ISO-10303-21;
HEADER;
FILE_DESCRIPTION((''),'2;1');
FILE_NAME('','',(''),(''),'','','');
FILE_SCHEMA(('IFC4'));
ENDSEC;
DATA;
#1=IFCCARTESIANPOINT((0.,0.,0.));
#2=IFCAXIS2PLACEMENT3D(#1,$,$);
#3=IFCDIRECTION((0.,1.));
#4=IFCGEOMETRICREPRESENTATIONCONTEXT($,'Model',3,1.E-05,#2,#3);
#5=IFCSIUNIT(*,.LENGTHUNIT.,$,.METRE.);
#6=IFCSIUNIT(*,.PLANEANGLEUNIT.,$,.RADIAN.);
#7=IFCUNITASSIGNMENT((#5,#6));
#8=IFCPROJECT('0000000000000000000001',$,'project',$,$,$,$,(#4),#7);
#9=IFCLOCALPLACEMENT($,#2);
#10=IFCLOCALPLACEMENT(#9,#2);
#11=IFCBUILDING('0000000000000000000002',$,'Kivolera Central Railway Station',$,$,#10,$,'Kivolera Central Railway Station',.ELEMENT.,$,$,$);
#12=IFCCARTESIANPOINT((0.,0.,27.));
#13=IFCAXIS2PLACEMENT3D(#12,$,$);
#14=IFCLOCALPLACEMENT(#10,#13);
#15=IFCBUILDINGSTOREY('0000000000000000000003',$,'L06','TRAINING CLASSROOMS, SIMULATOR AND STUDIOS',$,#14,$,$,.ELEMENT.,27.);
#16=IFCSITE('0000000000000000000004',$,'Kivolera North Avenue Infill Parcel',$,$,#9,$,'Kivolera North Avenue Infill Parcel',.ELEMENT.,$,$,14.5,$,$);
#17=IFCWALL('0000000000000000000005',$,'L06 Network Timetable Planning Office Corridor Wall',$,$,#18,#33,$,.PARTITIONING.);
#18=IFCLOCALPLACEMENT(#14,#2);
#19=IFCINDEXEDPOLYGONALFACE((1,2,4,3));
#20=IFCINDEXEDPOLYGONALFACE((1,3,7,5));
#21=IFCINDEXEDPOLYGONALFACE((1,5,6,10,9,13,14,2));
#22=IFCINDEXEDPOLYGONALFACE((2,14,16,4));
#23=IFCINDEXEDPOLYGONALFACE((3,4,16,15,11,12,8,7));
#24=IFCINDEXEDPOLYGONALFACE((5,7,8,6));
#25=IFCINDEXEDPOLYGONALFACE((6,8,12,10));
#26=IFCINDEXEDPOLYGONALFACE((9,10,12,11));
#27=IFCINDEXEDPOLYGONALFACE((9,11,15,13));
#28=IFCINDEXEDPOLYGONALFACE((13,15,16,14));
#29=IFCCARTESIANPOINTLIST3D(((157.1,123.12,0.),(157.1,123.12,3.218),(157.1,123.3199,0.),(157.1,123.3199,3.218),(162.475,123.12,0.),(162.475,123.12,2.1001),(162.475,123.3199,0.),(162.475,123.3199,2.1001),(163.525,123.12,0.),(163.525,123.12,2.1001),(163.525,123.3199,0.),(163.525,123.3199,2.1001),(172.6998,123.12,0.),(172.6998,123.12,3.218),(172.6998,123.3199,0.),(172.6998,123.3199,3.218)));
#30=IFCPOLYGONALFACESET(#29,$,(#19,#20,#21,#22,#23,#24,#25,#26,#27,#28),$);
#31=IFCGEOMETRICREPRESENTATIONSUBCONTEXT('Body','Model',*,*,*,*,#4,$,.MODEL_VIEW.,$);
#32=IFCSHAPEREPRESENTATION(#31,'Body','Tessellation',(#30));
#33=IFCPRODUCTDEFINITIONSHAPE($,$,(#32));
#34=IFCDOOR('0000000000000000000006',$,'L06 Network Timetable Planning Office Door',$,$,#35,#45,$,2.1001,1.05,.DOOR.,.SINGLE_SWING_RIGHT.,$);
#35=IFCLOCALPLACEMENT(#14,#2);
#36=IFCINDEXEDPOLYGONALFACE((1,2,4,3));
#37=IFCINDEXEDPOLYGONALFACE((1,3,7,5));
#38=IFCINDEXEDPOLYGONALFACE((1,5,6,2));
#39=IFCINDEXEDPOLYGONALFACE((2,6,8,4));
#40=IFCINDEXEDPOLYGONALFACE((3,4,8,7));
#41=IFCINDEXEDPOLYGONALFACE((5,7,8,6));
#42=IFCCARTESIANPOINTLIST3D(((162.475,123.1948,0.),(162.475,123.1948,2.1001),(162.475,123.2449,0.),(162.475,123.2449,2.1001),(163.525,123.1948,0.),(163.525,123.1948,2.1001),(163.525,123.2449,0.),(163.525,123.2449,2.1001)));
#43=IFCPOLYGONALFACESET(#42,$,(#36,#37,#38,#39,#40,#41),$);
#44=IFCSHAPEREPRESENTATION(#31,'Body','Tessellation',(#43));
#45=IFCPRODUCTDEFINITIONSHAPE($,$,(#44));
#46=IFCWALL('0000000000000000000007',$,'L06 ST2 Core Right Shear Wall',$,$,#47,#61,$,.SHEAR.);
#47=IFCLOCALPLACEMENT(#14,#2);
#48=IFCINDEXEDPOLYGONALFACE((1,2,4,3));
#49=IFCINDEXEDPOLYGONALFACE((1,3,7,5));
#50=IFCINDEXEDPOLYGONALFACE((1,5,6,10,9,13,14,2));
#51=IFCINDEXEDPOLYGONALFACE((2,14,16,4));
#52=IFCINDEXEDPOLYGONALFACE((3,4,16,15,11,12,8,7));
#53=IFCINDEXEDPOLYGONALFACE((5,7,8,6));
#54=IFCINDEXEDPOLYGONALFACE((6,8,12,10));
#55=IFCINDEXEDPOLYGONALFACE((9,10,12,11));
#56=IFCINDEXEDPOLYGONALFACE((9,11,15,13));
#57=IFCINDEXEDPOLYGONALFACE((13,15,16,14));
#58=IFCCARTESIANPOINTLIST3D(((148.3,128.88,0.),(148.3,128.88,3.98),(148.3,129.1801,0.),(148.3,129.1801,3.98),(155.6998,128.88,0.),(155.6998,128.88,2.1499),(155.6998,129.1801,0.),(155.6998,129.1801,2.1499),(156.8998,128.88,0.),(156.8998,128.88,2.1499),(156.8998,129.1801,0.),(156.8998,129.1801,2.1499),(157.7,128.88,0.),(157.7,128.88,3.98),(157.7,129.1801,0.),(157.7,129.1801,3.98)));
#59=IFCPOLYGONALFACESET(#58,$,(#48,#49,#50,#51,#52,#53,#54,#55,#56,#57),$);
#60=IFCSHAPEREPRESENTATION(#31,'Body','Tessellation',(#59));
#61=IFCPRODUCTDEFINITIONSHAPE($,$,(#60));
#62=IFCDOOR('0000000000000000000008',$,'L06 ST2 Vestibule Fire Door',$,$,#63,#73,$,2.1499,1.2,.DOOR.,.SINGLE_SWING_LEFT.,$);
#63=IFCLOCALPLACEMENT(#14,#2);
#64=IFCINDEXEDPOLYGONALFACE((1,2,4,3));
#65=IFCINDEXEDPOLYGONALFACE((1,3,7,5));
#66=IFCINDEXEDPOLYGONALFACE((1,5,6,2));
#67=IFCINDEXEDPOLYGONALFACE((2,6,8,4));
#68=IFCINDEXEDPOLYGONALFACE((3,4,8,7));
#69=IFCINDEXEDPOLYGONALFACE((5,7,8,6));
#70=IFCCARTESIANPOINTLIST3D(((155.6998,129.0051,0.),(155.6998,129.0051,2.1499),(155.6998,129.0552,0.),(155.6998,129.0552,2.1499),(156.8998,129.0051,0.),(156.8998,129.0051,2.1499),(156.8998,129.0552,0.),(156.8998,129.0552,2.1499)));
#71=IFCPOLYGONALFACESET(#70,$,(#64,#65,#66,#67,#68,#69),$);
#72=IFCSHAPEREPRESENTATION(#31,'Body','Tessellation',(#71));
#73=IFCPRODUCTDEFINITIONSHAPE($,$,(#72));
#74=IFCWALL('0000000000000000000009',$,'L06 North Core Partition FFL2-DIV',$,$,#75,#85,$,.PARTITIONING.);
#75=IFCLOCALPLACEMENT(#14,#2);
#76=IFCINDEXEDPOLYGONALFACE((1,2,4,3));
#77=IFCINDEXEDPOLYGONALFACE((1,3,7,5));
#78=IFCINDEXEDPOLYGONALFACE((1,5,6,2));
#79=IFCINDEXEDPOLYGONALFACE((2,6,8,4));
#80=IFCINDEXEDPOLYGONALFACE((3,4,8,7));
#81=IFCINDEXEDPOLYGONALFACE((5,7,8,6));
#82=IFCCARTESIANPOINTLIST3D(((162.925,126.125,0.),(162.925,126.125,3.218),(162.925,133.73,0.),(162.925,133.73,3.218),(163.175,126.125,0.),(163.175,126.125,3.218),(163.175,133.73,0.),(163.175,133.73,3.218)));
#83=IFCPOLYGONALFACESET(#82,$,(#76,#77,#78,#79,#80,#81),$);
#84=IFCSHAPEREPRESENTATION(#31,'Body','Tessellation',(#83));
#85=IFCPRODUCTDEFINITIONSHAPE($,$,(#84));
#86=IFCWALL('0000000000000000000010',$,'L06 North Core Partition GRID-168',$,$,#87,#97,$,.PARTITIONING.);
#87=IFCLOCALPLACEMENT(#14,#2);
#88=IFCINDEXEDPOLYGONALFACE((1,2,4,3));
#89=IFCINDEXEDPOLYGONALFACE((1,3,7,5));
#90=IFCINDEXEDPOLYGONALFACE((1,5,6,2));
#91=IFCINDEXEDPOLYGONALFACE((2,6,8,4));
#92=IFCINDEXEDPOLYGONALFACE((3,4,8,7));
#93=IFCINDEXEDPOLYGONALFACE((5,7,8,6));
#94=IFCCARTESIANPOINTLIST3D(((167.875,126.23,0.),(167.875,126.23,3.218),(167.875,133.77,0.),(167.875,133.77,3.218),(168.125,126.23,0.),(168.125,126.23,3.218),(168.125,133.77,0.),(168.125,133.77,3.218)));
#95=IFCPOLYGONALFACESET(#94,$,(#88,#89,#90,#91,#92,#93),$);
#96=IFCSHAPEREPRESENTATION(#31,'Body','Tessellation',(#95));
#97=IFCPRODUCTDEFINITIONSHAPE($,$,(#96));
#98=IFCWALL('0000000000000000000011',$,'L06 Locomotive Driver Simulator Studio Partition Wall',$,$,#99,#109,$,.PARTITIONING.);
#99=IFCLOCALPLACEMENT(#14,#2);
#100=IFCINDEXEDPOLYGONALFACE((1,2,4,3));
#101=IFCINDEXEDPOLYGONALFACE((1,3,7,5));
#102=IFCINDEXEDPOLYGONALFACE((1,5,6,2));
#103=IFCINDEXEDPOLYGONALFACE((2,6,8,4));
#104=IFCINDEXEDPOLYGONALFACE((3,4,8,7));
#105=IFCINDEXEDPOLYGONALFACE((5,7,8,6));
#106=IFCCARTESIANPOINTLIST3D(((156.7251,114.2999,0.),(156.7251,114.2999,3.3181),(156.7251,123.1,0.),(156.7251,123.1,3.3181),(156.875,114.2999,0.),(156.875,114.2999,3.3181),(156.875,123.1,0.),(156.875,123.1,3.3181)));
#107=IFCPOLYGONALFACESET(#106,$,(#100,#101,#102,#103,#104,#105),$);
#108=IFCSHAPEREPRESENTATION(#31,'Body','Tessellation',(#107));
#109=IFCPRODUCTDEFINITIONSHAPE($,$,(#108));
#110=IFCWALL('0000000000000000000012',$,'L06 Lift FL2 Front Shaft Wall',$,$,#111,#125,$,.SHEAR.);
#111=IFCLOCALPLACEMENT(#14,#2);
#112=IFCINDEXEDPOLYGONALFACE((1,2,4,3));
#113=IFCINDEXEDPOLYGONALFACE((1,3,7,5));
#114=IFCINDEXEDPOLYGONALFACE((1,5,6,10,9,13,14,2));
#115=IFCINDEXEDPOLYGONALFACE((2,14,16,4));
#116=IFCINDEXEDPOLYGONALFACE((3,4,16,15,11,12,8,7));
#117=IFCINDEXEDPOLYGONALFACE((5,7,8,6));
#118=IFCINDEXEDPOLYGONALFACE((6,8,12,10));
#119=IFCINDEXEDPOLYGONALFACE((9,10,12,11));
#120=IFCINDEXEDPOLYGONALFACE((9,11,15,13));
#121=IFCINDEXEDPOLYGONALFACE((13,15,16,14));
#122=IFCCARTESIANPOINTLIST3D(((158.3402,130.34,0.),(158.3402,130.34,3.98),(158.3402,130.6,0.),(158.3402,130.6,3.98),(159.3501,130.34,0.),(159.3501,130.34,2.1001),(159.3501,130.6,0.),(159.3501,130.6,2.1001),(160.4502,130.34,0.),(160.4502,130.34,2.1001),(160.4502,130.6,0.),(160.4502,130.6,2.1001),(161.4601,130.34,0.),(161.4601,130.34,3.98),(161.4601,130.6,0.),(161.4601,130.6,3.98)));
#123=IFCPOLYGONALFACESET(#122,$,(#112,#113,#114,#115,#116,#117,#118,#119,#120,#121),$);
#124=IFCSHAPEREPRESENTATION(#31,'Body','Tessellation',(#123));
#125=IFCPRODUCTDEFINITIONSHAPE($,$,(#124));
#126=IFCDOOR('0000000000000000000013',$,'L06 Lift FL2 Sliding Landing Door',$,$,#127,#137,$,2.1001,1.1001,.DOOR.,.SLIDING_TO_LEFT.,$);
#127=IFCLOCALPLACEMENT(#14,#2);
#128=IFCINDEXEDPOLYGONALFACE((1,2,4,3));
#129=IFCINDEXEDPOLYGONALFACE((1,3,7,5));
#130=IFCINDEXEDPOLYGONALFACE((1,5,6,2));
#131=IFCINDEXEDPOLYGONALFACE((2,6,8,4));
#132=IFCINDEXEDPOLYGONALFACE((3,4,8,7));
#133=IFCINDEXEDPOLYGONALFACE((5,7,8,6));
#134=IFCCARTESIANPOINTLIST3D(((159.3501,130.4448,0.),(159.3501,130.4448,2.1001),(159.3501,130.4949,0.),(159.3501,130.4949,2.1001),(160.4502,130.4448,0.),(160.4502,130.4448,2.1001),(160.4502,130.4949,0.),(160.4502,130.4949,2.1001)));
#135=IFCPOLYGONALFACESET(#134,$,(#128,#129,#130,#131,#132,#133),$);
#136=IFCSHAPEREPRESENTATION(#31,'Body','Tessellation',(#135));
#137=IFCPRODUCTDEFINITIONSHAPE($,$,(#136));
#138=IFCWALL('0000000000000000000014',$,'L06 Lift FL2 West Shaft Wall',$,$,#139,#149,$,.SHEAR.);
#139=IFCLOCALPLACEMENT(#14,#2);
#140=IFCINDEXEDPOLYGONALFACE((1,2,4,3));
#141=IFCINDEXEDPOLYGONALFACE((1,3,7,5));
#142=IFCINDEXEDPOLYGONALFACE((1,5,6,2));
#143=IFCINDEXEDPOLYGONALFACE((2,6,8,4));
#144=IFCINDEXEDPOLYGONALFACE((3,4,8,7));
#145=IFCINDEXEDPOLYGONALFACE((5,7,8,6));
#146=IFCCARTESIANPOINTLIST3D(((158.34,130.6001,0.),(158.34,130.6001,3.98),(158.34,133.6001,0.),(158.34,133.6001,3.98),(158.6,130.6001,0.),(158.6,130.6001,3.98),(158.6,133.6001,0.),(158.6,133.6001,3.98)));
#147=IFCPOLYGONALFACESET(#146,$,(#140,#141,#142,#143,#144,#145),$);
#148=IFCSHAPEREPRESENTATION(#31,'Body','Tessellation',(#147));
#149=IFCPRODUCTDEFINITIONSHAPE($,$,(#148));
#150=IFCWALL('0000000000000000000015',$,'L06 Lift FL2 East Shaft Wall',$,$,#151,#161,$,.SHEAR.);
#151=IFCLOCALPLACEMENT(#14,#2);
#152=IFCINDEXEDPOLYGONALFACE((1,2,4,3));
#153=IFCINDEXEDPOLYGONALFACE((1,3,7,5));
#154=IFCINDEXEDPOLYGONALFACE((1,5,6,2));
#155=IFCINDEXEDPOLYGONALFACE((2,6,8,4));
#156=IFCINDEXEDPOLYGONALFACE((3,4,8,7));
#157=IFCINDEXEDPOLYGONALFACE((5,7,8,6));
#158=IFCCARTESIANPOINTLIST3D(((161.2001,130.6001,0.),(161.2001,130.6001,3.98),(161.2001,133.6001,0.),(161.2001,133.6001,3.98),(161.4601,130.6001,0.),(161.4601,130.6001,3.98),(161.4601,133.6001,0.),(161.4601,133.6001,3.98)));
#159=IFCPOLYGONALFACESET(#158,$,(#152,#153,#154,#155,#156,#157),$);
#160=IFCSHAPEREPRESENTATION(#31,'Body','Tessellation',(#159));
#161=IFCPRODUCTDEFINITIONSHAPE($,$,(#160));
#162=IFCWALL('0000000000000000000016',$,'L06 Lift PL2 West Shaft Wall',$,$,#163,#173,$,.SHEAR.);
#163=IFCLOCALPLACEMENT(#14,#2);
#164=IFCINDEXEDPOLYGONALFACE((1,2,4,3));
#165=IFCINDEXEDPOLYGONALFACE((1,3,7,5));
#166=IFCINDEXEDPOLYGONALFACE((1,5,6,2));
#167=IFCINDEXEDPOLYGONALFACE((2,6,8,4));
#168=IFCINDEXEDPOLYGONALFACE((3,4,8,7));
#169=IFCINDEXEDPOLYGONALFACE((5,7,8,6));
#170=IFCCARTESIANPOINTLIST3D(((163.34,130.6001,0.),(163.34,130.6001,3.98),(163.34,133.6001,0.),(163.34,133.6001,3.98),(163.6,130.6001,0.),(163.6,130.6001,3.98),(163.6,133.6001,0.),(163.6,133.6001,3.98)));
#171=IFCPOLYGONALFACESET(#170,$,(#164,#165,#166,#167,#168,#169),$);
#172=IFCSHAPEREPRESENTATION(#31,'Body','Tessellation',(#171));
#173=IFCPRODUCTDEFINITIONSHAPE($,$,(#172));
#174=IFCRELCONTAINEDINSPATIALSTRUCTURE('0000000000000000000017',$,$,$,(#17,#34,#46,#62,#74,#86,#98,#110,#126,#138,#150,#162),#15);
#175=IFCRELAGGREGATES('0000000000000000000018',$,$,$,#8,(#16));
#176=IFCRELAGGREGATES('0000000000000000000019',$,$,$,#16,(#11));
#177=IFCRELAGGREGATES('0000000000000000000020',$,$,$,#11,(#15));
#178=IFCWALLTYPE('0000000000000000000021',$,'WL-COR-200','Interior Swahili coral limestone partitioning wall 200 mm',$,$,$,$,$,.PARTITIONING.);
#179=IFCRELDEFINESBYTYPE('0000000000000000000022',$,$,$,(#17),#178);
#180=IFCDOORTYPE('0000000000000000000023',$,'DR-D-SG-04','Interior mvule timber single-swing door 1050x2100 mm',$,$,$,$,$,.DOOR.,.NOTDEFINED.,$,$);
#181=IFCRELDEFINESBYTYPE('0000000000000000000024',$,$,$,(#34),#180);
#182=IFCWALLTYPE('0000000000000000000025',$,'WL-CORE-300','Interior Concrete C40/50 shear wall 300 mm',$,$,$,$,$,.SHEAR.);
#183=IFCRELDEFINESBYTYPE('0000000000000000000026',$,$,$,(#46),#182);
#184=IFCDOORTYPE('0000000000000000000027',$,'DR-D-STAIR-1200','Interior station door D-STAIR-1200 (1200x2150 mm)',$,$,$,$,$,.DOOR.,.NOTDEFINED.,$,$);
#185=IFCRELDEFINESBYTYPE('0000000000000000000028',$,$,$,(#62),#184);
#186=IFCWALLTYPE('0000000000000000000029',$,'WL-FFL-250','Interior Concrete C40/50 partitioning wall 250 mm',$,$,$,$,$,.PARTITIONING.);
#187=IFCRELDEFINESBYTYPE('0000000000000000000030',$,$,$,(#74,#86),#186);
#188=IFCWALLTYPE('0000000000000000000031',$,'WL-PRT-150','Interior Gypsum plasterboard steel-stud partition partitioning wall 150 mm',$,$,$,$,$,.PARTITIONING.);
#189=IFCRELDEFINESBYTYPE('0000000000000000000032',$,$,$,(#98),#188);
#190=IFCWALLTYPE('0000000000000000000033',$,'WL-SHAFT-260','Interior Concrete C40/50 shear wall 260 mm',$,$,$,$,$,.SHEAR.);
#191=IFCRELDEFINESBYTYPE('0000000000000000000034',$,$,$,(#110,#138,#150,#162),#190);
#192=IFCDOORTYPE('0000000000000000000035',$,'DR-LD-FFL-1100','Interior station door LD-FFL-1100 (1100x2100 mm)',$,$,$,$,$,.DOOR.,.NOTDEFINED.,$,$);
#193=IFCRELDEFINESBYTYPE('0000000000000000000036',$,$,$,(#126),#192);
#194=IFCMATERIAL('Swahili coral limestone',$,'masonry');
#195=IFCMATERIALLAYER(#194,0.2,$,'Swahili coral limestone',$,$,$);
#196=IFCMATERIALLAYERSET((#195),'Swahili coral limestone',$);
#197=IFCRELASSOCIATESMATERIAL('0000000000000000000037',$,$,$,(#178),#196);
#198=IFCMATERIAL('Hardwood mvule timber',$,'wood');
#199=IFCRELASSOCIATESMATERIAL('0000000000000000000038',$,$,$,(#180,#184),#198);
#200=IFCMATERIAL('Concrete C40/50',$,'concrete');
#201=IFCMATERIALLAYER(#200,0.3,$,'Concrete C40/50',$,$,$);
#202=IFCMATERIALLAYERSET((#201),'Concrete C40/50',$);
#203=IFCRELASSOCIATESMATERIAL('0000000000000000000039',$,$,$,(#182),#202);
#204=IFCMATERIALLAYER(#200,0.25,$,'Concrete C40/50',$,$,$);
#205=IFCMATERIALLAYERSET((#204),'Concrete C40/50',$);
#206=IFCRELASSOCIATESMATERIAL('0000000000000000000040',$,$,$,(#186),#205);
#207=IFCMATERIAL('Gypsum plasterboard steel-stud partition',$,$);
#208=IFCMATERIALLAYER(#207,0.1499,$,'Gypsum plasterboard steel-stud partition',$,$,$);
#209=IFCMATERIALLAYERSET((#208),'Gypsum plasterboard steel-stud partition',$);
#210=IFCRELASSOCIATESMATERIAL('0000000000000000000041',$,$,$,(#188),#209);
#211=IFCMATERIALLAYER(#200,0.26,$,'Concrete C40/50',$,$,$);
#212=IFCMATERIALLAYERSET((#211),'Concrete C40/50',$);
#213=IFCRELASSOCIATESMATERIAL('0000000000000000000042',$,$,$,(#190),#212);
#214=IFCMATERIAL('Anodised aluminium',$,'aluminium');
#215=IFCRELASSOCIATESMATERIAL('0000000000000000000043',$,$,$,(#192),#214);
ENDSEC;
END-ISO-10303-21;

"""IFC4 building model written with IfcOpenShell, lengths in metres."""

from ifc_helpers import new_model, si_unit, direction, frame, frame_2d, origin, place, context, subcontext, project, spatial, rectangle, extrude, material, layer, layer_set, type_object, element, fill, save


model = new_model("IFC4")

# Units and contexts
model_context = context("Model", 3, precision=1e-05, world=origin(), true_north=direction((0.0, 1.0)))
body_context = subcontext(model_context, "Body", "Model", "MODEL_VIEW")
ifc_project = project(units=[si_unit("LENGTHUNIT", "METRE"), si_unit("PLANEANGLEUNIT", "RADIAN")], contexts=[model_context])

# Site, building, storey
site_placement = place(None, origin())
site = spatial("IfcSite", under=ifc_project, at=site_placement, Name="Kivolera North Avenue Infill Parcel", LongName="Kivolera North Avenue Infill Parcel", CompositionType="ELEMENT", RefElevation=14.5)
building_placement = place(site_placement, origin())
building = spatial("IfcBuilding", under=site, at=building_placement, Name="Kivolera Central Railway Station", LongName="Kivolera Central Railway Station", CompositionType="ELEMENT")
storey_placement = place(building_placement, frame((0.0, 0.0, 27.0)))
storey = spatial("IfcBuildingStorey", under=building, at=storey_placement, Name="L06", Description="TRAINING CLASSROOMS, SIMULATOR AND STUDIOS", CompositionType="ELEMENT", Elevation=27.0)

# Shared definitions
ifc_material_1 = material(Name="Concrete C40/50", Category="concrete")

# Walls, openings, doors
ifc_material_2 = material(Name="Swahili coral limestone", Category="masonry")
ifc_layer_1 = layer(ifc_material_2, 0.2, Name="Swahili coral limestone")
ifc_layer_set_1 = layer_set([ifc_layer_1], Name="Swahili coral limestone")
wall_type_1 = type_object("IfcWallType", Name="WL-COR-200", Description="Interior Swahili coral limestone partitioning wall 200 mm", PredefinedType="PARTITIONING", material=ifc_layer_set_1)
ifc_material_3 = material(Name="Hardwood mvule timber", Category="wood")
wall_1_placement = place(storey_placement, frame((157.1001, 123.22, 0.0), z_axis=(0.0, 0.0, 1.0), x_axis=(1.0, 0.0, 0.0)))
wall_1 = element("IfcWall", 1, at=wall_1_placement, inside=storey, type_object=wall_type_1, Name="L06 Network Timetable Planning Office Corridor Wall", PredefinedType="PARTITIONING", context=body_context, shape_type="SweptSolid", body=[
    extrude(rectangle(XDim=15.5999, YDim=0.2, at=frame_2d((7.7998, 0.0))), origin(), (0.0, 0.0, 1.0), 3.218),
])
opening_1_placement = place(wall_1_placement, frame((5.375, 0.0, 0.0)))
opening_1 = element("IfcOpeningElement", 2, at=opening_1_placement, cuts=wall_1, PredefinedType="OPENING", context=body_context, shape_type="SweptSolid", body=[
    extrude(rectangle(XDim=1.05, YDim=2.1001, at=frame_2d((0.5249, 1.05))), frame((0.0, 0.1099, 0.0), z_axis=(0.0, -1.0, 0.0), x_axis=(1.0, 0.0, 0.0)), (0.0, 0.0, 1.0), 0.22),
])
door_type_1 = type_object("IfcDoorType", Name="DR-D-SG-04", Description="Interior mvule timber single-swing door 1050x2100 mm", OperationType="NOTDEFINED", PredefinedType="DOOR", material=ifc_material_3)
door_1_placement = place(opening_1_placement, origin())
door_1 = element("IfcDoor", 3, at=door_1_placement, inside=storey, type_object=door_type_1, Name="L06 Network Timetable Planning Office Door", OperationType="SINGLE_SWING_RIGHT", OverallHeight=2.1001, OverallWidth=1.05, PredefinedType="DOOR", context=body_context, shape_type="SweptSolid", body=[
    extrude(rectangle(XDim=1.05, YDim=2.1001, at=frame_2d((0.5249, 1.05))), frame((0.0, 0.0249, 0.0), z_axis=(0.0, -1.0, 0.0), x_axis=(1.0, 0.0, 0.0)), (0.0, 0.0, 1.0), 0.05),
])
fill(opening_1, door_1)
ifc_layer_2 = layer(ifc_material_1, 0.3, Name="Concrete C40/50")
ifc_layer_set_2 = layer_set([ifc_layer_2], Name="Concrete C40/50")
wall_type_2 = type_object("IfcWallType", Name="WL-CORE-300", Description="Interior Concrete C40/50 shear wall 300 mm", PredefinedType="SHEAR", material=ifc_layer_set_2)
wall_2_placement = place(storey_placement, frame((157.7, 129.03, 0.0), z_axis=(0.0, 0.0, 1.0), x_axis=(-1.0, 0.0, 0.0)))
wall_2 = element("IfcWall", 4, at=wall_2_placement, inside=storey, type_object=wall_type_2, Name="L06 ST2 Core Right Shear Wall", PredefinedType="SHEAR", context=body_context, shape_type="SweptSolid", body=[
    extrude(rectangle(XDim=9.3999, YDim=0.3, at=frame_2d((4.7, 0.0))), origin(), (0.0, 0.0, 1.0), 3.98),
])
opening_2_placement = place(wall_2_placement, frame((0.8, 0.0, 0.0)))
opening_2 = element("IfcOpeningElement", 5, at=opening_2_placement, cuts=wall_2, PredefinedType="OPENING", context=body_context, shape_type="SweptSolid", body=[
    extrude(rectangle(XDim=1.2, YDim=2.1499, at=frame_2d((0.6001, 1.075))), frame((0.0, 0.1599, 0.0), z_axis=(0.0, -1.0, 0.0), x_axis=(1.0, 0.0, 0.0)), (0.0, 0.0, 1.0), 0.3201),
])
door_type_2 = type_object("IfcDoorType", Name="DR-D-STAIR-1200", Description="Interior station door D-STAIR-1200 (1200x2150 mm)", OperationType="NOTDEFINED", PredefinedType="DOOR", material=ifc_material_3)
door_2_placement = place(opening_2_placement, origin())
door_2 = element("IfcDoor", 6, at=door_2_placement, inside=storey, type_object=door_type_2, Name="L06 ST2 Vestibule Fire Door", OperationType="SINGLE_SWING_LEFT", OverallHeight=2.1499, OverallWidth=1.2, PredefinedType="DOOR", context=body_context, shape_type="SweptSolid", body=[
    extrude(rectangle(XDim=1.2, YDim=2.1499, at=frame_2d((0.6001, 1.075))), frame((0.0, 0.0249, 0.0), z_axis=(0.0, -1.0, 0.0), x_axis=(1.0, 0.0, 0.0)), (0.0, 0.0, 1.0), 0.05),
])
fill(opening_2, door_2)

# Shared definitions
ifc_layer_3 = layer(ifc_material_1, 0.25, Name="Concrete C40/50")
ifc_layer_set_3 = layer_set([ifc_layer_3], Name="Concrete C40/50")
wall_type_3 = type_object("IfcWallType", Name="WL-FFL-250", Description="Interior Concrete C40/50 partitioning wall 250 mm", PredefinedType="PARTITIONING", material=ifc_layer_set_3)

# Walls
wall_3_placement = place(storey_placement, frame((163.05, 126.125, 0.0), z_axis=(0.0, 0.0, 1.0), x_axis=(0.0, 1.0, 0.0)))
element("IfcWall", 7, at=wall_3_placement, inside=storey, type_object=wall_type_3, Name="L06 North Core Partition FFL2-DIV", PredefinedType="PARTITIONING", context=body_context, shape_type="SweptSolid", body=[
    extrude(rectangle(XDim=7.605, YDim=0.25, at=frame_2d((3.8025, 0.0))), origin(), (0.0, 0.0, 1.0), 3.218),
])
wall_4_placement = place(storey_placement, frame((168.0, 126.23, 0.0), z_axis=(0.0, 0.0, 1.0), x_axis=(0.0, 1.0, 0.0)))
element("IfcWall", 8, at=wall_4_placement, inside=storey, type_object=wall_type_3, Name="L06 North Core Partition GRID-168", PredefinedType="PARTITIONING", context=body_context, shape_type="SweptSolid", body=[
    extrude(rectangle(XDim=7.54, YDim=0.25, at=frame_2d((3.77, 0.0))), origin(), (0.0, 0.0, 1.0), 3.218),
])
ifc_material_4 = material(Name="Gypsum plasterboard steel-stud partition")
ifc_layer_4 = layer(ifc_material_4, 0.1499, Name="Gypsum plasterboard steel-stud partition")
ifc_layer_set_4 = layer_set([ifc_layer_4], Name="Gypsum plasterboard steel-stud partition")
wall_type_4 = type_object("IfcWallType", Name="WL-PRT-150", Description="Interior Gypsum plasterboard steel-stud partition partitioning wall 150 mm", PredefinedType="PARTITIONING", material=ifc_layer_set_4)
wall_5_placement = place(storey_placement, frame((156.8, 114.3, 0.0), z_axis=(0.0, 0.0, 1.0), x_axis=(0.0, 1.0, 0.0)))
element("IfcWall", 9, at=wall_5_placement, inside=storey, type_object=wall_type_4, Name="L06 Locomotive Driver Simulator Studio Partition Wall", PredefinedType="PARTITIONING", context=body_context, shape_type="SweptSolid", body=[
    extrude(rectangle(XDim=8.8, YDim=0.1499, at=frame_2d((4.3999, 0.0))), origin(), (0.0, 0.0, 1.0), 3.3181),
])

# Wall, opening, door
ifc_layer_5 = layer(ifc_material_1, 0.26, Name="Concrete C40/50")
ifc_layer_set_5 = layer_set([ifc_layer_5], Name="Concrete C40/50")
wall_type_5 = type_object("IfcWallType", Name="WL-SHAFT-260", Description="Interior Concrete C40/50 shear wall 260 mm", PredefinedType="SHEAR", material=ifc_layer_set_5)
wall_6_placement = place(storey_placement, frame((158.3401, 130.47, 0.0), z_axis=(0.0, 0.0, 1.0), x_axis=(1.0, 0.0, 0.0)))
wall_6 = element("IfcWall", 10, at=wall_6_placement, inside=storey, type_object=wall_type_5, Name="L06 Lift FL2 Front Shaft Wall", PredefinedType="SHEAR", context=body_context, shape_type="SweptSolid", body=[
    extrude(rectangle(XDim=3.1199, YDim=0.26, at=frame_2d((1.5601, 0.0))), origin(), (0.0, 0.0, 1.0), 3.98),
])
opening_3_placement = place(wall_6_placement, frame((1.01, 0.0, 0.0)))
opening_3 = element("IfcOpeningElement", 11, at=opening_3_placement, cuts=wall_6, PredefinedType="OPENING", context=body_context, shape_type="SweptSolid", body=[
    extrude(rectangle(XDim=1.1001, YDim=2.1001, at=frame_2d((0.55, 1.05))), frame((0.0, 0.1399, 0.0), z_axis=(0.0, -1.0, 0.0), x_axis=(1.0, 0.0, 0.0)), (0.0, 0.0, 1.0), 0.28),
])
ifc_material_5 = material(Name="Anodised aluminium", Category="aluminium")
door_type_3 = type_object("IfcDoorType", Name="DR-LD-FFL-1100", Description="Interior station door LD-FFL-1100 (1100x2100 mm)", OperationType="NOTDEFINED", PredefinedType="DOOR", material=ifc_material_5)
door_3_placement = place(opening_3_placement, origin())
door_3 = element("IfcDoor", 12, at=door_3_placement, inside=storey, type_object=door_type_3, Name="L06 Lift FL2 Sliding Landing Door", OperationType="SLIDING_TO_LEFT", OverallHeight=2.1001, OverallWidth=1.1001, PredefinedType="DOOR", context=body_context, shape_type="SweptSolid", body=[
    extrude(rectangle(XDim=1.1001, YDim=2.1001, at=frame_2d((0.55, 1.05))), frame((0.0, 0.0249, 0.0), z_axis=(0.0, -1.0, 0.0), x_axis=(1.0, 0.0, 0.0)), (0.0, 0.0, 1.0), 0.05),
])
fill(opening_3, door_3)

# Walls
for number, where, z_axis, x_axis, name in (
    (13, (158.47, 130.6001, 0.0), (0.0, 0.0, 1.0), (0.0, 1.0, 0.0), "L06 Lift FL2 West Shaft Wall"),
    (14, (161.3301, 130.6001, 0.0), (0.0, 0.0, 1.0), (0.0, 1.0, 0.0), "L06 Lift FL2 East Shaft Wall"),
):
    element("IfcWall", number, at=place(storey_placement, frame(where, z_axis=z_axis, x_axis=x_axis)), inside=storey, type_object=wall_type_5, Name=name, PredefinedType="SHEAR", context=body_context, shape_type="SweptSolid", body=[
        extrude(rectangle(XDim=3.0, YDim=0.26, at=frame_2d((1.5, 0.0))), origin(), (0.0, 0.0, 1.0), 3.98),
    ])

# Wall
for number, where, z_axis, x_axis, name in (
    (15, (163.47, 130.6001, 0.0), (0.0, 0.0, 1.0), (0.0, 1.0, 0.0), "L06 Lift PL2 West Shaft Wall"),
):
    element("IfcWall", number, at=place(storey_placement, frame(where, z_axis=z_axis, x_axis=x_axis)), inside=storey, type_object=wall_type_5, Name=name, PredefinedType="SHEAR", context=body_context, shape_type="SweptSolid", body=[
        extrude(rectangle(XDim=3.0, YDim=0.26, at=frame_2d((1.5, 0.0))), origin(), (0.0, 0.0, 1.0), 3.98),
    ])

save(model, "model.ifc")
